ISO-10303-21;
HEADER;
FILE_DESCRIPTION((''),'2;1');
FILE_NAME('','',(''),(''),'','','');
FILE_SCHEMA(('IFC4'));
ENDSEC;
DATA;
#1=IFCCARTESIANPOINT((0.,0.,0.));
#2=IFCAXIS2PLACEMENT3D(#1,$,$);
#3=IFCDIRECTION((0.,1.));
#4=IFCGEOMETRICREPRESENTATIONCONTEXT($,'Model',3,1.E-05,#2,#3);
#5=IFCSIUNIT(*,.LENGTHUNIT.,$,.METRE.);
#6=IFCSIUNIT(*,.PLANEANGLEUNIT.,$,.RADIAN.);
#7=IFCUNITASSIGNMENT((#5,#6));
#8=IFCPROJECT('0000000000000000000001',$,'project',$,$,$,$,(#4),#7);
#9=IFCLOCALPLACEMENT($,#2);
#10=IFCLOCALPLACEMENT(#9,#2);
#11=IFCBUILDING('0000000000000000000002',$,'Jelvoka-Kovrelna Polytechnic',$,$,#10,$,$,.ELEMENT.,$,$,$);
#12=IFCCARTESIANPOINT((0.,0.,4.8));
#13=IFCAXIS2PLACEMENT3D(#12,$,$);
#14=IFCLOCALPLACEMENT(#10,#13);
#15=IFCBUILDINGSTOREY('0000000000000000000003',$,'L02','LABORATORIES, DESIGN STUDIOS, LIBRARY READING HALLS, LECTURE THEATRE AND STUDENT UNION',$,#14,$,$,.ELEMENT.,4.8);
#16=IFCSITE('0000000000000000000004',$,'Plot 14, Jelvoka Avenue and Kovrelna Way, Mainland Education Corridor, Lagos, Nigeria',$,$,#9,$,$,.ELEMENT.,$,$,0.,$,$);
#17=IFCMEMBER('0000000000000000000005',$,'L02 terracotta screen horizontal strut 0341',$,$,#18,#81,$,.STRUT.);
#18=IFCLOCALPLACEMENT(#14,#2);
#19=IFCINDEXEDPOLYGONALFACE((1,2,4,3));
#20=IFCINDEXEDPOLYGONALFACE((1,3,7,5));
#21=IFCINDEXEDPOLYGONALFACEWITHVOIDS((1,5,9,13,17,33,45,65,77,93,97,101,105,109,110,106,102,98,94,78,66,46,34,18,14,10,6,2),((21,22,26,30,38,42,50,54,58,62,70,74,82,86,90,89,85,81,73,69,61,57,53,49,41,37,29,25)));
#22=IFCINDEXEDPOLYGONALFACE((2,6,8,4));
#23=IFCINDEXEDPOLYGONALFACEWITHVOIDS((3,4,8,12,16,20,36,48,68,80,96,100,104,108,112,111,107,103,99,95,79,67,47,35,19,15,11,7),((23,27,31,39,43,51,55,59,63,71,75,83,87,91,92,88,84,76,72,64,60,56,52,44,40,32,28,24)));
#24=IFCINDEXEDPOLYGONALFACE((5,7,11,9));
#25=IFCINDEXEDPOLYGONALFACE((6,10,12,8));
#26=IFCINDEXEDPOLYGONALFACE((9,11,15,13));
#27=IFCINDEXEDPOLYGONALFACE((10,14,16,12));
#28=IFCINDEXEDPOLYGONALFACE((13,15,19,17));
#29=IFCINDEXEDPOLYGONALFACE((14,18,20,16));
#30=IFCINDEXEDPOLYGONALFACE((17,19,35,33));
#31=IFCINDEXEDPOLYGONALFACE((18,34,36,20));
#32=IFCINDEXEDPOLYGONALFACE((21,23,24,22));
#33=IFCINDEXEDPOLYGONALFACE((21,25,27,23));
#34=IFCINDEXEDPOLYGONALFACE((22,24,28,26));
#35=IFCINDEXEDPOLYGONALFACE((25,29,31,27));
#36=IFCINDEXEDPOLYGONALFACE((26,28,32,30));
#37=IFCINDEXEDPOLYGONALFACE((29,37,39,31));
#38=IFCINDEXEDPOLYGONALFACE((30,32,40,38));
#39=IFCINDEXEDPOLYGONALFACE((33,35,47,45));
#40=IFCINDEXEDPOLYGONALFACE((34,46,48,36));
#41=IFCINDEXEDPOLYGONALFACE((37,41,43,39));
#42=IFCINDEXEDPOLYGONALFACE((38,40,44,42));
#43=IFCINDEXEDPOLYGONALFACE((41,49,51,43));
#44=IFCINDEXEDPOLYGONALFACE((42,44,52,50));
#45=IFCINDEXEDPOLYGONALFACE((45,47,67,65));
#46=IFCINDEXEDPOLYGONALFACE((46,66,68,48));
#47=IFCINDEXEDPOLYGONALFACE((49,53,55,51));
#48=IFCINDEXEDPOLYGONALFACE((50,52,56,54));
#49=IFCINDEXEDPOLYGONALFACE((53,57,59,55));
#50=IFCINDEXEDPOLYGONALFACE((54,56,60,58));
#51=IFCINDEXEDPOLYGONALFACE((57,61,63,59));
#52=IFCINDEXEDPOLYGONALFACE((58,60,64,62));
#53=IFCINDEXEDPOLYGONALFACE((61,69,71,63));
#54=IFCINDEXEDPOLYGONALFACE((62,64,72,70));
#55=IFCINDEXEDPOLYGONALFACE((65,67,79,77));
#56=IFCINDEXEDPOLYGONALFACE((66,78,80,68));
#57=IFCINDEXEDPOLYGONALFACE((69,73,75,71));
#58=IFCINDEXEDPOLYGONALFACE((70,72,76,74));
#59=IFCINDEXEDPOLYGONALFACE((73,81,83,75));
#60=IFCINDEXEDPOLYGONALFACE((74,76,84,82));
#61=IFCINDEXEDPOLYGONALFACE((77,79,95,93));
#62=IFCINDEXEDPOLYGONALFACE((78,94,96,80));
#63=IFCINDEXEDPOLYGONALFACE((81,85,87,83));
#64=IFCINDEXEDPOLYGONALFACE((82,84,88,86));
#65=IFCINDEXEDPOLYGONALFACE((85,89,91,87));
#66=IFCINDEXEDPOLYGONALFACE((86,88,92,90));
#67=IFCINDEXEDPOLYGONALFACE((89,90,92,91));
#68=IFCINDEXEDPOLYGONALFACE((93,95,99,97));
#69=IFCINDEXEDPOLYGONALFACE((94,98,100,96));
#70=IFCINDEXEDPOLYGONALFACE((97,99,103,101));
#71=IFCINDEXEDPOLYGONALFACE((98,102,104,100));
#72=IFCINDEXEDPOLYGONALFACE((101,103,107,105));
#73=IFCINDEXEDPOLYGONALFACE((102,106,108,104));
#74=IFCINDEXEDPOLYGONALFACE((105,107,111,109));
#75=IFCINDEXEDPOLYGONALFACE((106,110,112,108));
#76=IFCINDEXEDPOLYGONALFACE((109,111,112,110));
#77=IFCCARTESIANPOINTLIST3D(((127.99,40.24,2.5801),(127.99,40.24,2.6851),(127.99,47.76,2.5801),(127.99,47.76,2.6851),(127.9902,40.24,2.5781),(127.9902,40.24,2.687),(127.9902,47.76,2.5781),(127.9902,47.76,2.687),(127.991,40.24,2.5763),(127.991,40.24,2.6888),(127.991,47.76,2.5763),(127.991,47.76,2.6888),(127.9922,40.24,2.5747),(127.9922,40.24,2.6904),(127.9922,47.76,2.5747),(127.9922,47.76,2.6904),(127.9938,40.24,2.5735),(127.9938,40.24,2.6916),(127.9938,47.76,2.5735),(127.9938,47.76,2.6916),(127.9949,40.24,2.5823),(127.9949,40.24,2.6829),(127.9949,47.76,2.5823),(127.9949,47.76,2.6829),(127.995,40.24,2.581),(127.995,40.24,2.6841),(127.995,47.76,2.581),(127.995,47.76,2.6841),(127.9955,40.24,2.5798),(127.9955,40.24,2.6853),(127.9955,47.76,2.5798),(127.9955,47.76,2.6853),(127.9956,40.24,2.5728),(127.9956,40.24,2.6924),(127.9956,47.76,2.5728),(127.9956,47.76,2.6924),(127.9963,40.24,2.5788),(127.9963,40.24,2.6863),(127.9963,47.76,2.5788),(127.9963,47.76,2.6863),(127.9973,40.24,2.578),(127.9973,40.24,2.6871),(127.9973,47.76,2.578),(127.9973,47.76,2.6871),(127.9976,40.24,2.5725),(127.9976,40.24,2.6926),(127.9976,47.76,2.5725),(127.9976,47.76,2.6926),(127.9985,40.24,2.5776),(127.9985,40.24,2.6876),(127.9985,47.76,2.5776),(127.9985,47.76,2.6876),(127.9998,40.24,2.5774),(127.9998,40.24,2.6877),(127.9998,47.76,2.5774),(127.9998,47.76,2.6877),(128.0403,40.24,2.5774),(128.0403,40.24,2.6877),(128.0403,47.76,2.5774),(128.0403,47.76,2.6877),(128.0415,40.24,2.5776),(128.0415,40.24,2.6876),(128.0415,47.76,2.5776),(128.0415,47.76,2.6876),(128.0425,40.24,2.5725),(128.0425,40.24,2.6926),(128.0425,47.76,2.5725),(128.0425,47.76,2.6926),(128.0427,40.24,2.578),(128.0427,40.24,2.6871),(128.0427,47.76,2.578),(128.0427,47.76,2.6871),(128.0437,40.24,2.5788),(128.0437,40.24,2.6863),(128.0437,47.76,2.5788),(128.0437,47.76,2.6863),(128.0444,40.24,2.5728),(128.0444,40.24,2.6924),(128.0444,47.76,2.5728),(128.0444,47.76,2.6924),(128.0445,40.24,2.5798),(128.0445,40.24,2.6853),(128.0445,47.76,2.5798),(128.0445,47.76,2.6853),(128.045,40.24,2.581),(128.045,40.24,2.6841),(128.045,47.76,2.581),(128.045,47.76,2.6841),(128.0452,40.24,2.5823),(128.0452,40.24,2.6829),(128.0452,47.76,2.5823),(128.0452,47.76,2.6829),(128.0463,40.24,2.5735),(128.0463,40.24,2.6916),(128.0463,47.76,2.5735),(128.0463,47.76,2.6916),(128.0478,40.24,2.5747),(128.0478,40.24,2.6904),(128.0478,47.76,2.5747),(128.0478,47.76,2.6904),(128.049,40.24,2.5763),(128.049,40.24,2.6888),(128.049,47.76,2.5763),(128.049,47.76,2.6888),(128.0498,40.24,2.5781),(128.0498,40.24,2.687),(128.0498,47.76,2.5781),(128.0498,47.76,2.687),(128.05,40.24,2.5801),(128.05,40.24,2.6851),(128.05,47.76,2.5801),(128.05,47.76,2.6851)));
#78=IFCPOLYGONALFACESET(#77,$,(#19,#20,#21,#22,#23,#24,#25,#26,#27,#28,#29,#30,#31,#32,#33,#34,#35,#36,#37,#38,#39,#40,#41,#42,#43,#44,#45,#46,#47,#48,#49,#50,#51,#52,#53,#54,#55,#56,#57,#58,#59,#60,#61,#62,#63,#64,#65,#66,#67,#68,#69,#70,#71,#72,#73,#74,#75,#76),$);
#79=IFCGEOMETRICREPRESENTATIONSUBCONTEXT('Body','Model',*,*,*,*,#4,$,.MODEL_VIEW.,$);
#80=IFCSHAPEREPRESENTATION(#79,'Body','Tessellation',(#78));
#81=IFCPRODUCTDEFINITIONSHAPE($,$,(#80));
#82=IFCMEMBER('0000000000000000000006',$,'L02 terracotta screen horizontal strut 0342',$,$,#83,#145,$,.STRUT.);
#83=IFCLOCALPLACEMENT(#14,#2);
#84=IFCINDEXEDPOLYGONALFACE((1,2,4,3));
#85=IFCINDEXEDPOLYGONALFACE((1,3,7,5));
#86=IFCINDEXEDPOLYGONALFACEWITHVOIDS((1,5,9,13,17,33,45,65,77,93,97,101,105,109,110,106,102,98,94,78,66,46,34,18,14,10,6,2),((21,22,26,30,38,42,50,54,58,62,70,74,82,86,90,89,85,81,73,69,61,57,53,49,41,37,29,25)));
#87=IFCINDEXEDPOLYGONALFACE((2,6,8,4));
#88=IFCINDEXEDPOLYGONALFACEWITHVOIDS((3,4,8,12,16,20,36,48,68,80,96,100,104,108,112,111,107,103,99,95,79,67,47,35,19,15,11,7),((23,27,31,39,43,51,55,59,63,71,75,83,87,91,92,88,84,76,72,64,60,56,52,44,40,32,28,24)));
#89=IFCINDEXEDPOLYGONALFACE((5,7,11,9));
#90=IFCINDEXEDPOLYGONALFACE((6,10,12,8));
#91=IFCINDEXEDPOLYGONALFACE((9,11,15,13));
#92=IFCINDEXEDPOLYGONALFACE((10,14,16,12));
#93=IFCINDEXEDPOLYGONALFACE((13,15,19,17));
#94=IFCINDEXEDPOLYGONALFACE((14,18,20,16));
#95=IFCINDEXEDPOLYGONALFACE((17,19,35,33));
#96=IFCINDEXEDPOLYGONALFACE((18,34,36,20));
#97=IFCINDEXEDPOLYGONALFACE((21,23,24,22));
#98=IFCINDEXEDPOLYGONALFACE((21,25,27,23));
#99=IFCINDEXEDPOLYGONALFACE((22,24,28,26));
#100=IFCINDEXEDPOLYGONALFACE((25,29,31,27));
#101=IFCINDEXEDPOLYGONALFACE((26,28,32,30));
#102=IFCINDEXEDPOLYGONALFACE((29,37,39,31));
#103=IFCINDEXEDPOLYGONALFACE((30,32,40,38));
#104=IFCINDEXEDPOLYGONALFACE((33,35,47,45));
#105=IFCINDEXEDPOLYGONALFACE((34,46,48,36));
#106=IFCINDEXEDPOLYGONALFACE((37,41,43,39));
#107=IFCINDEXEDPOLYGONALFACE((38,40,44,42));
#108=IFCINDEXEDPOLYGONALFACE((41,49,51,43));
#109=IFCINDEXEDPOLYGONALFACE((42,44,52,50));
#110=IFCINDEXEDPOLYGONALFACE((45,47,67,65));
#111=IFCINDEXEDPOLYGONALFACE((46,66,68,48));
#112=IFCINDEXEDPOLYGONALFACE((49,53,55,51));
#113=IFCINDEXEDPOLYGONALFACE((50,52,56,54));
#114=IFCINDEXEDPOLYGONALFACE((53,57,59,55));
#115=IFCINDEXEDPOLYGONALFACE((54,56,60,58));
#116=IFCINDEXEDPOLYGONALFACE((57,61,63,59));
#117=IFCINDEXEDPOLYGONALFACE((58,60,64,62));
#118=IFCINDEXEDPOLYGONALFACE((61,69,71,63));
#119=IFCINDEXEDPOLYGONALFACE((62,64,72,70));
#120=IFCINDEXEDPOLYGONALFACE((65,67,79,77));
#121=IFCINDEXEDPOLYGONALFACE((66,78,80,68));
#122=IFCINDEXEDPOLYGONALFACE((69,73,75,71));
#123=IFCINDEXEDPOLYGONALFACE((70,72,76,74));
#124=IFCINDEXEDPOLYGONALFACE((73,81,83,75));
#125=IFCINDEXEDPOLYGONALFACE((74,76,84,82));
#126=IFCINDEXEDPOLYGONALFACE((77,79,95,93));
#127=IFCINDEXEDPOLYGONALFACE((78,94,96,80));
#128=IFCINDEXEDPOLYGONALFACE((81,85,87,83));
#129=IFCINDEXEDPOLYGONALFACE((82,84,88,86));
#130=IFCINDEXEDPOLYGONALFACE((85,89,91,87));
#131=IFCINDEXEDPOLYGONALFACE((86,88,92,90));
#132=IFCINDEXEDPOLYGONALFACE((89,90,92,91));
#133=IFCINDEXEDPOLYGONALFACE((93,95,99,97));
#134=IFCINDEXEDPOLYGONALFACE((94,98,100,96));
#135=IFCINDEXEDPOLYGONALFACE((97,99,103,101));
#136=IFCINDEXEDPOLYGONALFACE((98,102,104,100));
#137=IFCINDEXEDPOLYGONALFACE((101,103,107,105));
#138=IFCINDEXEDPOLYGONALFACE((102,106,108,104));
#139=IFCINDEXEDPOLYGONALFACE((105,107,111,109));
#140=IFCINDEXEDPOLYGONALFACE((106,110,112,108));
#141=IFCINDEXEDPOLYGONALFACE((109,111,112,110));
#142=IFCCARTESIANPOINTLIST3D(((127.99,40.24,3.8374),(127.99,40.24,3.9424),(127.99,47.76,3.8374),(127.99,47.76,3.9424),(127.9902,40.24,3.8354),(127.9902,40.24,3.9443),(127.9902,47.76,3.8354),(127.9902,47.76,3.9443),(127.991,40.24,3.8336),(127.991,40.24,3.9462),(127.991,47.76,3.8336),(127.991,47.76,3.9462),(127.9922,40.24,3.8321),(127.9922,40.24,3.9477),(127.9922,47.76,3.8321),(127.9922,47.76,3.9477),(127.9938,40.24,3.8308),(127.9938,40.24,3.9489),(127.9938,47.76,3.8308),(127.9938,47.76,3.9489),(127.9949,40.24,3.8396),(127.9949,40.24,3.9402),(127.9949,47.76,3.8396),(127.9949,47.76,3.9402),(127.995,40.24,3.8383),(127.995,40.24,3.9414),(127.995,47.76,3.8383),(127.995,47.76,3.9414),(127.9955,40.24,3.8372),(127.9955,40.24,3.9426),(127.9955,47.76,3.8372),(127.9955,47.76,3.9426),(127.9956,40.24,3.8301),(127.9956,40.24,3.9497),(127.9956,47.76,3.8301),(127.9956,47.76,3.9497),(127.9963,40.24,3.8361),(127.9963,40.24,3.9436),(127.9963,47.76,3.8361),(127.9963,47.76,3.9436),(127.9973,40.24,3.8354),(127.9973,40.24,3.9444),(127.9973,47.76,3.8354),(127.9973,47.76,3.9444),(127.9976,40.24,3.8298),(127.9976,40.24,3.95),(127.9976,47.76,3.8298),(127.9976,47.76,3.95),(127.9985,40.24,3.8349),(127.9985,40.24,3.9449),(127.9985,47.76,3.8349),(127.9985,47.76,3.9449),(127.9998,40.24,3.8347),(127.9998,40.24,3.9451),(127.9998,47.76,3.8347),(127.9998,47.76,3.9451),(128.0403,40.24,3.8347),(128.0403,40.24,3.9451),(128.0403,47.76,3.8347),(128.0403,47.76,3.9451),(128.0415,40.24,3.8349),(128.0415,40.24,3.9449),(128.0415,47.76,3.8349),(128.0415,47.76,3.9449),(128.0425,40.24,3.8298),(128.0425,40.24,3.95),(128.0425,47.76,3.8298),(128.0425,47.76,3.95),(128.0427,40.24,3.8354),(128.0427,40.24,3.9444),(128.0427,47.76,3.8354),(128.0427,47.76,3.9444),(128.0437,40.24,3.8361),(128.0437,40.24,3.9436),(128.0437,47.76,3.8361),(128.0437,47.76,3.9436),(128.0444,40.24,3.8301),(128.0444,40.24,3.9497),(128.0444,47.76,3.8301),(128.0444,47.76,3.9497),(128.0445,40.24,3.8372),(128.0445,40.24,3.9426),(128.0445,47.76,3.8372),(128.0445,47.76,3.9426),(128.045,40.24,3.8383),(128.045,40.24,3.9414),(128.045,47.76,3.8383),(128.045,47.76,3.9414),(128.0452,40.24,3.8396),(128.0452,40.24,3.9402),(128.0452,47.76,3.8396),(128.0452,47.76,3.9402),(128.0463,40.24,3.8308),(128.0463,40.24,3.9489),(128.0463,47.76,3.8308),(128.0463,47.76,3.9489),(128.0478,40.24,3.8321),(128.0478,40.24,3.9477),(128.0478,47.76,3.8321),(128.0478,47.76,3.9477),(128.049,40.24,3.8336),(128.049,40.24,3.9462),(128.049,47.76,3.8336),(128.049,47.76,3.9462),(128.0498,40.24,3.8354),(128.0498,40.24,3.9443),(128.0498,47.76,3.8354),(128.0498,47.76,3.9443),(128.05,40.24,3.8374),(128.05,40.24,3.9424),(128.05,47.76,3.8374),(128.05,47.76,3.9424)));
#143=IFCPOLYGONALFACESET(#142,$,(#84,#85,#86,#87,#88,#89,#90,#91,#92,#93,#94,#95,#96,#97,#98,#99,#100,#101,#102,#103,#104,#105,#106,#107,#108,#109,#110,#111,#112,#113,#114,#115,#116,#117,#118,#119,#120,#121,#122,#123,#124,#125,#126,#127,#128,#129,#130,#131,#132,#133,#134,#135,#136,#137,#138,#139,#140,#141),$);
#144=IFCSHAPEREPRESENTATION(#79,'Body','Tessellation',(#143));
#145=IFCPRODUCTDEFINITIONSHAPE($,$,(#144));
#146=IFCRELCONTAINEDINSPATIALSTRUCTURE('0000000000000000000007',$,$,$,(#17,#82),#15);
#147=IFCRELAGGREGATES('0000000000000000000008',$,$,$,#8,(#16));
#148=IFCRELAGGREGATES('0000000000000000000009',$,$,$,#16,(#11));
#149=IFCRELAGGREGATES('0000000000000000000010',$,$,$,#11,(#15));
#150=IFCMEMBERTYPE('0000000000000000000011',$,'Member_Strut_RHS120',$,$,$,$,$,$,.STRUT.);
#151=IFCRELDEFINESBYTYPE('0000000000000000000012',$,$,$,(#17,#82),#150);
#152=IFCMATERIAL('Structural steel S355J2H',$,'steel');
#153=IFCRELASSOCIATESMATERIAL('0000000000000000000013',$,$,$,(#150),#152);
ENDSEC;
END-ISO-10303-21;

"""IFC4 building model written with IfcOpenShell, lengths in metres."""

from ifc_helpers import new_model, si_unit, direction, frame, origin, origin_2d, place, context, subcontext, project, spatial, hollow_rectangle, extrude, material, material_profile, profile_set, type_object, element, save


model = new_model("IFC4")

# Units and contexts
model_context = context("Model", 3, precision=1e-05, world=origin(), true_north=direction((0.0, 1.0)))
body_context = subcontext(model_context, "Body", "Model", "MODEL_VIEW")
ifc_project = project(units=[si_unit("LENGTHUNIT", "METRE"), si_unit("PLANEANGLEUNIT", "RADIAN")], contexts=[model_context])

# Site, building, storey
site_placement = place(None, origin())
site = spatial("IfcSite", under=ifc_project, at=site_placement, Name="Plot 14, Jelvoka Avenue and Kovrelna Way, Mainland Education Corridor, Lagos, Nigeria", CompositionType="ELEMENT", RefElevation=0.0)
building_placement = place(site_placement, origin())
building = spatial("IfcBuilding", under=site, at=building_placement, Name="Jelvoka-Kovrelna Polytechnic", CompositionType="ELEMENT")
storey_placement = place(building_placement, frame((0.0, 0.0, 4.8)))
storey = spatial("IfcBuildingStorey", under=building, at=storey_placement, Name="L02", Description="LABORATORIES, DESIGN STUDIOS, LIBRARY READING HALLS, LECTURE THEATRE AND STUDENT UNION", CompositionType="ELEMENT", Elevation=4.8)

# Members
ifc_material_1 = material(Name="Structural steel S355J2H", Category="steel")
ifc_material_profile_1 = material_profile(ifc_material_1, hollow_rectangle(XDim=0.0601, YDim=0.1201, WallThickness=0.0049, InnerFilletRadius=0.0049, OuterFilletRadius=0.0076, at=origin_2d()), Name="120x60x5.0 RHS")
ifc_profile_set_1 = profile_set([ifc_material_profile_1], Name="Structural steel S355J2H")
member_type_1 = type_object("IfcMemberType", Name="Member_Strut_RHS120", PredefinedType="STRUT", material=ifc_profile_set_1)
for number, where, z_axis, x_axis, name in (
    (1, (128.02, 40.24, 2.6326), (0.0, 1.0, 0.0), (-1.0, 0.0, 0.0), "L02 terracotta screen horizontal strut 0341"),
    (2, (128.02, 40.24, 3.8899), (0.0, 1.0, 0.0), (-1.0, 0.0, 0.0), "L02 terracotta screen horizontal strut 0342"),
):
    element("IfcMember", number, at=place(storey_placement, frame(where, z_axis=z_axis, x_axis=x_axis)), inside=storey, type_object=member_type_1, Name=name, PredefinedType="STRUT", context=body_context, shape_type="SweptSolid", body=[
        extrude(hollow_rectangle(XDim=0.0601, YDim=0.1201, WallThickness=0.0049, InnerFilletRadius=0.0049, OuterFilletRadius=0.0076, at=origin_2d()), origin(), (0.0, 0.0, 1.0), 7.52),
    ])

save(model, "model.ifc")
